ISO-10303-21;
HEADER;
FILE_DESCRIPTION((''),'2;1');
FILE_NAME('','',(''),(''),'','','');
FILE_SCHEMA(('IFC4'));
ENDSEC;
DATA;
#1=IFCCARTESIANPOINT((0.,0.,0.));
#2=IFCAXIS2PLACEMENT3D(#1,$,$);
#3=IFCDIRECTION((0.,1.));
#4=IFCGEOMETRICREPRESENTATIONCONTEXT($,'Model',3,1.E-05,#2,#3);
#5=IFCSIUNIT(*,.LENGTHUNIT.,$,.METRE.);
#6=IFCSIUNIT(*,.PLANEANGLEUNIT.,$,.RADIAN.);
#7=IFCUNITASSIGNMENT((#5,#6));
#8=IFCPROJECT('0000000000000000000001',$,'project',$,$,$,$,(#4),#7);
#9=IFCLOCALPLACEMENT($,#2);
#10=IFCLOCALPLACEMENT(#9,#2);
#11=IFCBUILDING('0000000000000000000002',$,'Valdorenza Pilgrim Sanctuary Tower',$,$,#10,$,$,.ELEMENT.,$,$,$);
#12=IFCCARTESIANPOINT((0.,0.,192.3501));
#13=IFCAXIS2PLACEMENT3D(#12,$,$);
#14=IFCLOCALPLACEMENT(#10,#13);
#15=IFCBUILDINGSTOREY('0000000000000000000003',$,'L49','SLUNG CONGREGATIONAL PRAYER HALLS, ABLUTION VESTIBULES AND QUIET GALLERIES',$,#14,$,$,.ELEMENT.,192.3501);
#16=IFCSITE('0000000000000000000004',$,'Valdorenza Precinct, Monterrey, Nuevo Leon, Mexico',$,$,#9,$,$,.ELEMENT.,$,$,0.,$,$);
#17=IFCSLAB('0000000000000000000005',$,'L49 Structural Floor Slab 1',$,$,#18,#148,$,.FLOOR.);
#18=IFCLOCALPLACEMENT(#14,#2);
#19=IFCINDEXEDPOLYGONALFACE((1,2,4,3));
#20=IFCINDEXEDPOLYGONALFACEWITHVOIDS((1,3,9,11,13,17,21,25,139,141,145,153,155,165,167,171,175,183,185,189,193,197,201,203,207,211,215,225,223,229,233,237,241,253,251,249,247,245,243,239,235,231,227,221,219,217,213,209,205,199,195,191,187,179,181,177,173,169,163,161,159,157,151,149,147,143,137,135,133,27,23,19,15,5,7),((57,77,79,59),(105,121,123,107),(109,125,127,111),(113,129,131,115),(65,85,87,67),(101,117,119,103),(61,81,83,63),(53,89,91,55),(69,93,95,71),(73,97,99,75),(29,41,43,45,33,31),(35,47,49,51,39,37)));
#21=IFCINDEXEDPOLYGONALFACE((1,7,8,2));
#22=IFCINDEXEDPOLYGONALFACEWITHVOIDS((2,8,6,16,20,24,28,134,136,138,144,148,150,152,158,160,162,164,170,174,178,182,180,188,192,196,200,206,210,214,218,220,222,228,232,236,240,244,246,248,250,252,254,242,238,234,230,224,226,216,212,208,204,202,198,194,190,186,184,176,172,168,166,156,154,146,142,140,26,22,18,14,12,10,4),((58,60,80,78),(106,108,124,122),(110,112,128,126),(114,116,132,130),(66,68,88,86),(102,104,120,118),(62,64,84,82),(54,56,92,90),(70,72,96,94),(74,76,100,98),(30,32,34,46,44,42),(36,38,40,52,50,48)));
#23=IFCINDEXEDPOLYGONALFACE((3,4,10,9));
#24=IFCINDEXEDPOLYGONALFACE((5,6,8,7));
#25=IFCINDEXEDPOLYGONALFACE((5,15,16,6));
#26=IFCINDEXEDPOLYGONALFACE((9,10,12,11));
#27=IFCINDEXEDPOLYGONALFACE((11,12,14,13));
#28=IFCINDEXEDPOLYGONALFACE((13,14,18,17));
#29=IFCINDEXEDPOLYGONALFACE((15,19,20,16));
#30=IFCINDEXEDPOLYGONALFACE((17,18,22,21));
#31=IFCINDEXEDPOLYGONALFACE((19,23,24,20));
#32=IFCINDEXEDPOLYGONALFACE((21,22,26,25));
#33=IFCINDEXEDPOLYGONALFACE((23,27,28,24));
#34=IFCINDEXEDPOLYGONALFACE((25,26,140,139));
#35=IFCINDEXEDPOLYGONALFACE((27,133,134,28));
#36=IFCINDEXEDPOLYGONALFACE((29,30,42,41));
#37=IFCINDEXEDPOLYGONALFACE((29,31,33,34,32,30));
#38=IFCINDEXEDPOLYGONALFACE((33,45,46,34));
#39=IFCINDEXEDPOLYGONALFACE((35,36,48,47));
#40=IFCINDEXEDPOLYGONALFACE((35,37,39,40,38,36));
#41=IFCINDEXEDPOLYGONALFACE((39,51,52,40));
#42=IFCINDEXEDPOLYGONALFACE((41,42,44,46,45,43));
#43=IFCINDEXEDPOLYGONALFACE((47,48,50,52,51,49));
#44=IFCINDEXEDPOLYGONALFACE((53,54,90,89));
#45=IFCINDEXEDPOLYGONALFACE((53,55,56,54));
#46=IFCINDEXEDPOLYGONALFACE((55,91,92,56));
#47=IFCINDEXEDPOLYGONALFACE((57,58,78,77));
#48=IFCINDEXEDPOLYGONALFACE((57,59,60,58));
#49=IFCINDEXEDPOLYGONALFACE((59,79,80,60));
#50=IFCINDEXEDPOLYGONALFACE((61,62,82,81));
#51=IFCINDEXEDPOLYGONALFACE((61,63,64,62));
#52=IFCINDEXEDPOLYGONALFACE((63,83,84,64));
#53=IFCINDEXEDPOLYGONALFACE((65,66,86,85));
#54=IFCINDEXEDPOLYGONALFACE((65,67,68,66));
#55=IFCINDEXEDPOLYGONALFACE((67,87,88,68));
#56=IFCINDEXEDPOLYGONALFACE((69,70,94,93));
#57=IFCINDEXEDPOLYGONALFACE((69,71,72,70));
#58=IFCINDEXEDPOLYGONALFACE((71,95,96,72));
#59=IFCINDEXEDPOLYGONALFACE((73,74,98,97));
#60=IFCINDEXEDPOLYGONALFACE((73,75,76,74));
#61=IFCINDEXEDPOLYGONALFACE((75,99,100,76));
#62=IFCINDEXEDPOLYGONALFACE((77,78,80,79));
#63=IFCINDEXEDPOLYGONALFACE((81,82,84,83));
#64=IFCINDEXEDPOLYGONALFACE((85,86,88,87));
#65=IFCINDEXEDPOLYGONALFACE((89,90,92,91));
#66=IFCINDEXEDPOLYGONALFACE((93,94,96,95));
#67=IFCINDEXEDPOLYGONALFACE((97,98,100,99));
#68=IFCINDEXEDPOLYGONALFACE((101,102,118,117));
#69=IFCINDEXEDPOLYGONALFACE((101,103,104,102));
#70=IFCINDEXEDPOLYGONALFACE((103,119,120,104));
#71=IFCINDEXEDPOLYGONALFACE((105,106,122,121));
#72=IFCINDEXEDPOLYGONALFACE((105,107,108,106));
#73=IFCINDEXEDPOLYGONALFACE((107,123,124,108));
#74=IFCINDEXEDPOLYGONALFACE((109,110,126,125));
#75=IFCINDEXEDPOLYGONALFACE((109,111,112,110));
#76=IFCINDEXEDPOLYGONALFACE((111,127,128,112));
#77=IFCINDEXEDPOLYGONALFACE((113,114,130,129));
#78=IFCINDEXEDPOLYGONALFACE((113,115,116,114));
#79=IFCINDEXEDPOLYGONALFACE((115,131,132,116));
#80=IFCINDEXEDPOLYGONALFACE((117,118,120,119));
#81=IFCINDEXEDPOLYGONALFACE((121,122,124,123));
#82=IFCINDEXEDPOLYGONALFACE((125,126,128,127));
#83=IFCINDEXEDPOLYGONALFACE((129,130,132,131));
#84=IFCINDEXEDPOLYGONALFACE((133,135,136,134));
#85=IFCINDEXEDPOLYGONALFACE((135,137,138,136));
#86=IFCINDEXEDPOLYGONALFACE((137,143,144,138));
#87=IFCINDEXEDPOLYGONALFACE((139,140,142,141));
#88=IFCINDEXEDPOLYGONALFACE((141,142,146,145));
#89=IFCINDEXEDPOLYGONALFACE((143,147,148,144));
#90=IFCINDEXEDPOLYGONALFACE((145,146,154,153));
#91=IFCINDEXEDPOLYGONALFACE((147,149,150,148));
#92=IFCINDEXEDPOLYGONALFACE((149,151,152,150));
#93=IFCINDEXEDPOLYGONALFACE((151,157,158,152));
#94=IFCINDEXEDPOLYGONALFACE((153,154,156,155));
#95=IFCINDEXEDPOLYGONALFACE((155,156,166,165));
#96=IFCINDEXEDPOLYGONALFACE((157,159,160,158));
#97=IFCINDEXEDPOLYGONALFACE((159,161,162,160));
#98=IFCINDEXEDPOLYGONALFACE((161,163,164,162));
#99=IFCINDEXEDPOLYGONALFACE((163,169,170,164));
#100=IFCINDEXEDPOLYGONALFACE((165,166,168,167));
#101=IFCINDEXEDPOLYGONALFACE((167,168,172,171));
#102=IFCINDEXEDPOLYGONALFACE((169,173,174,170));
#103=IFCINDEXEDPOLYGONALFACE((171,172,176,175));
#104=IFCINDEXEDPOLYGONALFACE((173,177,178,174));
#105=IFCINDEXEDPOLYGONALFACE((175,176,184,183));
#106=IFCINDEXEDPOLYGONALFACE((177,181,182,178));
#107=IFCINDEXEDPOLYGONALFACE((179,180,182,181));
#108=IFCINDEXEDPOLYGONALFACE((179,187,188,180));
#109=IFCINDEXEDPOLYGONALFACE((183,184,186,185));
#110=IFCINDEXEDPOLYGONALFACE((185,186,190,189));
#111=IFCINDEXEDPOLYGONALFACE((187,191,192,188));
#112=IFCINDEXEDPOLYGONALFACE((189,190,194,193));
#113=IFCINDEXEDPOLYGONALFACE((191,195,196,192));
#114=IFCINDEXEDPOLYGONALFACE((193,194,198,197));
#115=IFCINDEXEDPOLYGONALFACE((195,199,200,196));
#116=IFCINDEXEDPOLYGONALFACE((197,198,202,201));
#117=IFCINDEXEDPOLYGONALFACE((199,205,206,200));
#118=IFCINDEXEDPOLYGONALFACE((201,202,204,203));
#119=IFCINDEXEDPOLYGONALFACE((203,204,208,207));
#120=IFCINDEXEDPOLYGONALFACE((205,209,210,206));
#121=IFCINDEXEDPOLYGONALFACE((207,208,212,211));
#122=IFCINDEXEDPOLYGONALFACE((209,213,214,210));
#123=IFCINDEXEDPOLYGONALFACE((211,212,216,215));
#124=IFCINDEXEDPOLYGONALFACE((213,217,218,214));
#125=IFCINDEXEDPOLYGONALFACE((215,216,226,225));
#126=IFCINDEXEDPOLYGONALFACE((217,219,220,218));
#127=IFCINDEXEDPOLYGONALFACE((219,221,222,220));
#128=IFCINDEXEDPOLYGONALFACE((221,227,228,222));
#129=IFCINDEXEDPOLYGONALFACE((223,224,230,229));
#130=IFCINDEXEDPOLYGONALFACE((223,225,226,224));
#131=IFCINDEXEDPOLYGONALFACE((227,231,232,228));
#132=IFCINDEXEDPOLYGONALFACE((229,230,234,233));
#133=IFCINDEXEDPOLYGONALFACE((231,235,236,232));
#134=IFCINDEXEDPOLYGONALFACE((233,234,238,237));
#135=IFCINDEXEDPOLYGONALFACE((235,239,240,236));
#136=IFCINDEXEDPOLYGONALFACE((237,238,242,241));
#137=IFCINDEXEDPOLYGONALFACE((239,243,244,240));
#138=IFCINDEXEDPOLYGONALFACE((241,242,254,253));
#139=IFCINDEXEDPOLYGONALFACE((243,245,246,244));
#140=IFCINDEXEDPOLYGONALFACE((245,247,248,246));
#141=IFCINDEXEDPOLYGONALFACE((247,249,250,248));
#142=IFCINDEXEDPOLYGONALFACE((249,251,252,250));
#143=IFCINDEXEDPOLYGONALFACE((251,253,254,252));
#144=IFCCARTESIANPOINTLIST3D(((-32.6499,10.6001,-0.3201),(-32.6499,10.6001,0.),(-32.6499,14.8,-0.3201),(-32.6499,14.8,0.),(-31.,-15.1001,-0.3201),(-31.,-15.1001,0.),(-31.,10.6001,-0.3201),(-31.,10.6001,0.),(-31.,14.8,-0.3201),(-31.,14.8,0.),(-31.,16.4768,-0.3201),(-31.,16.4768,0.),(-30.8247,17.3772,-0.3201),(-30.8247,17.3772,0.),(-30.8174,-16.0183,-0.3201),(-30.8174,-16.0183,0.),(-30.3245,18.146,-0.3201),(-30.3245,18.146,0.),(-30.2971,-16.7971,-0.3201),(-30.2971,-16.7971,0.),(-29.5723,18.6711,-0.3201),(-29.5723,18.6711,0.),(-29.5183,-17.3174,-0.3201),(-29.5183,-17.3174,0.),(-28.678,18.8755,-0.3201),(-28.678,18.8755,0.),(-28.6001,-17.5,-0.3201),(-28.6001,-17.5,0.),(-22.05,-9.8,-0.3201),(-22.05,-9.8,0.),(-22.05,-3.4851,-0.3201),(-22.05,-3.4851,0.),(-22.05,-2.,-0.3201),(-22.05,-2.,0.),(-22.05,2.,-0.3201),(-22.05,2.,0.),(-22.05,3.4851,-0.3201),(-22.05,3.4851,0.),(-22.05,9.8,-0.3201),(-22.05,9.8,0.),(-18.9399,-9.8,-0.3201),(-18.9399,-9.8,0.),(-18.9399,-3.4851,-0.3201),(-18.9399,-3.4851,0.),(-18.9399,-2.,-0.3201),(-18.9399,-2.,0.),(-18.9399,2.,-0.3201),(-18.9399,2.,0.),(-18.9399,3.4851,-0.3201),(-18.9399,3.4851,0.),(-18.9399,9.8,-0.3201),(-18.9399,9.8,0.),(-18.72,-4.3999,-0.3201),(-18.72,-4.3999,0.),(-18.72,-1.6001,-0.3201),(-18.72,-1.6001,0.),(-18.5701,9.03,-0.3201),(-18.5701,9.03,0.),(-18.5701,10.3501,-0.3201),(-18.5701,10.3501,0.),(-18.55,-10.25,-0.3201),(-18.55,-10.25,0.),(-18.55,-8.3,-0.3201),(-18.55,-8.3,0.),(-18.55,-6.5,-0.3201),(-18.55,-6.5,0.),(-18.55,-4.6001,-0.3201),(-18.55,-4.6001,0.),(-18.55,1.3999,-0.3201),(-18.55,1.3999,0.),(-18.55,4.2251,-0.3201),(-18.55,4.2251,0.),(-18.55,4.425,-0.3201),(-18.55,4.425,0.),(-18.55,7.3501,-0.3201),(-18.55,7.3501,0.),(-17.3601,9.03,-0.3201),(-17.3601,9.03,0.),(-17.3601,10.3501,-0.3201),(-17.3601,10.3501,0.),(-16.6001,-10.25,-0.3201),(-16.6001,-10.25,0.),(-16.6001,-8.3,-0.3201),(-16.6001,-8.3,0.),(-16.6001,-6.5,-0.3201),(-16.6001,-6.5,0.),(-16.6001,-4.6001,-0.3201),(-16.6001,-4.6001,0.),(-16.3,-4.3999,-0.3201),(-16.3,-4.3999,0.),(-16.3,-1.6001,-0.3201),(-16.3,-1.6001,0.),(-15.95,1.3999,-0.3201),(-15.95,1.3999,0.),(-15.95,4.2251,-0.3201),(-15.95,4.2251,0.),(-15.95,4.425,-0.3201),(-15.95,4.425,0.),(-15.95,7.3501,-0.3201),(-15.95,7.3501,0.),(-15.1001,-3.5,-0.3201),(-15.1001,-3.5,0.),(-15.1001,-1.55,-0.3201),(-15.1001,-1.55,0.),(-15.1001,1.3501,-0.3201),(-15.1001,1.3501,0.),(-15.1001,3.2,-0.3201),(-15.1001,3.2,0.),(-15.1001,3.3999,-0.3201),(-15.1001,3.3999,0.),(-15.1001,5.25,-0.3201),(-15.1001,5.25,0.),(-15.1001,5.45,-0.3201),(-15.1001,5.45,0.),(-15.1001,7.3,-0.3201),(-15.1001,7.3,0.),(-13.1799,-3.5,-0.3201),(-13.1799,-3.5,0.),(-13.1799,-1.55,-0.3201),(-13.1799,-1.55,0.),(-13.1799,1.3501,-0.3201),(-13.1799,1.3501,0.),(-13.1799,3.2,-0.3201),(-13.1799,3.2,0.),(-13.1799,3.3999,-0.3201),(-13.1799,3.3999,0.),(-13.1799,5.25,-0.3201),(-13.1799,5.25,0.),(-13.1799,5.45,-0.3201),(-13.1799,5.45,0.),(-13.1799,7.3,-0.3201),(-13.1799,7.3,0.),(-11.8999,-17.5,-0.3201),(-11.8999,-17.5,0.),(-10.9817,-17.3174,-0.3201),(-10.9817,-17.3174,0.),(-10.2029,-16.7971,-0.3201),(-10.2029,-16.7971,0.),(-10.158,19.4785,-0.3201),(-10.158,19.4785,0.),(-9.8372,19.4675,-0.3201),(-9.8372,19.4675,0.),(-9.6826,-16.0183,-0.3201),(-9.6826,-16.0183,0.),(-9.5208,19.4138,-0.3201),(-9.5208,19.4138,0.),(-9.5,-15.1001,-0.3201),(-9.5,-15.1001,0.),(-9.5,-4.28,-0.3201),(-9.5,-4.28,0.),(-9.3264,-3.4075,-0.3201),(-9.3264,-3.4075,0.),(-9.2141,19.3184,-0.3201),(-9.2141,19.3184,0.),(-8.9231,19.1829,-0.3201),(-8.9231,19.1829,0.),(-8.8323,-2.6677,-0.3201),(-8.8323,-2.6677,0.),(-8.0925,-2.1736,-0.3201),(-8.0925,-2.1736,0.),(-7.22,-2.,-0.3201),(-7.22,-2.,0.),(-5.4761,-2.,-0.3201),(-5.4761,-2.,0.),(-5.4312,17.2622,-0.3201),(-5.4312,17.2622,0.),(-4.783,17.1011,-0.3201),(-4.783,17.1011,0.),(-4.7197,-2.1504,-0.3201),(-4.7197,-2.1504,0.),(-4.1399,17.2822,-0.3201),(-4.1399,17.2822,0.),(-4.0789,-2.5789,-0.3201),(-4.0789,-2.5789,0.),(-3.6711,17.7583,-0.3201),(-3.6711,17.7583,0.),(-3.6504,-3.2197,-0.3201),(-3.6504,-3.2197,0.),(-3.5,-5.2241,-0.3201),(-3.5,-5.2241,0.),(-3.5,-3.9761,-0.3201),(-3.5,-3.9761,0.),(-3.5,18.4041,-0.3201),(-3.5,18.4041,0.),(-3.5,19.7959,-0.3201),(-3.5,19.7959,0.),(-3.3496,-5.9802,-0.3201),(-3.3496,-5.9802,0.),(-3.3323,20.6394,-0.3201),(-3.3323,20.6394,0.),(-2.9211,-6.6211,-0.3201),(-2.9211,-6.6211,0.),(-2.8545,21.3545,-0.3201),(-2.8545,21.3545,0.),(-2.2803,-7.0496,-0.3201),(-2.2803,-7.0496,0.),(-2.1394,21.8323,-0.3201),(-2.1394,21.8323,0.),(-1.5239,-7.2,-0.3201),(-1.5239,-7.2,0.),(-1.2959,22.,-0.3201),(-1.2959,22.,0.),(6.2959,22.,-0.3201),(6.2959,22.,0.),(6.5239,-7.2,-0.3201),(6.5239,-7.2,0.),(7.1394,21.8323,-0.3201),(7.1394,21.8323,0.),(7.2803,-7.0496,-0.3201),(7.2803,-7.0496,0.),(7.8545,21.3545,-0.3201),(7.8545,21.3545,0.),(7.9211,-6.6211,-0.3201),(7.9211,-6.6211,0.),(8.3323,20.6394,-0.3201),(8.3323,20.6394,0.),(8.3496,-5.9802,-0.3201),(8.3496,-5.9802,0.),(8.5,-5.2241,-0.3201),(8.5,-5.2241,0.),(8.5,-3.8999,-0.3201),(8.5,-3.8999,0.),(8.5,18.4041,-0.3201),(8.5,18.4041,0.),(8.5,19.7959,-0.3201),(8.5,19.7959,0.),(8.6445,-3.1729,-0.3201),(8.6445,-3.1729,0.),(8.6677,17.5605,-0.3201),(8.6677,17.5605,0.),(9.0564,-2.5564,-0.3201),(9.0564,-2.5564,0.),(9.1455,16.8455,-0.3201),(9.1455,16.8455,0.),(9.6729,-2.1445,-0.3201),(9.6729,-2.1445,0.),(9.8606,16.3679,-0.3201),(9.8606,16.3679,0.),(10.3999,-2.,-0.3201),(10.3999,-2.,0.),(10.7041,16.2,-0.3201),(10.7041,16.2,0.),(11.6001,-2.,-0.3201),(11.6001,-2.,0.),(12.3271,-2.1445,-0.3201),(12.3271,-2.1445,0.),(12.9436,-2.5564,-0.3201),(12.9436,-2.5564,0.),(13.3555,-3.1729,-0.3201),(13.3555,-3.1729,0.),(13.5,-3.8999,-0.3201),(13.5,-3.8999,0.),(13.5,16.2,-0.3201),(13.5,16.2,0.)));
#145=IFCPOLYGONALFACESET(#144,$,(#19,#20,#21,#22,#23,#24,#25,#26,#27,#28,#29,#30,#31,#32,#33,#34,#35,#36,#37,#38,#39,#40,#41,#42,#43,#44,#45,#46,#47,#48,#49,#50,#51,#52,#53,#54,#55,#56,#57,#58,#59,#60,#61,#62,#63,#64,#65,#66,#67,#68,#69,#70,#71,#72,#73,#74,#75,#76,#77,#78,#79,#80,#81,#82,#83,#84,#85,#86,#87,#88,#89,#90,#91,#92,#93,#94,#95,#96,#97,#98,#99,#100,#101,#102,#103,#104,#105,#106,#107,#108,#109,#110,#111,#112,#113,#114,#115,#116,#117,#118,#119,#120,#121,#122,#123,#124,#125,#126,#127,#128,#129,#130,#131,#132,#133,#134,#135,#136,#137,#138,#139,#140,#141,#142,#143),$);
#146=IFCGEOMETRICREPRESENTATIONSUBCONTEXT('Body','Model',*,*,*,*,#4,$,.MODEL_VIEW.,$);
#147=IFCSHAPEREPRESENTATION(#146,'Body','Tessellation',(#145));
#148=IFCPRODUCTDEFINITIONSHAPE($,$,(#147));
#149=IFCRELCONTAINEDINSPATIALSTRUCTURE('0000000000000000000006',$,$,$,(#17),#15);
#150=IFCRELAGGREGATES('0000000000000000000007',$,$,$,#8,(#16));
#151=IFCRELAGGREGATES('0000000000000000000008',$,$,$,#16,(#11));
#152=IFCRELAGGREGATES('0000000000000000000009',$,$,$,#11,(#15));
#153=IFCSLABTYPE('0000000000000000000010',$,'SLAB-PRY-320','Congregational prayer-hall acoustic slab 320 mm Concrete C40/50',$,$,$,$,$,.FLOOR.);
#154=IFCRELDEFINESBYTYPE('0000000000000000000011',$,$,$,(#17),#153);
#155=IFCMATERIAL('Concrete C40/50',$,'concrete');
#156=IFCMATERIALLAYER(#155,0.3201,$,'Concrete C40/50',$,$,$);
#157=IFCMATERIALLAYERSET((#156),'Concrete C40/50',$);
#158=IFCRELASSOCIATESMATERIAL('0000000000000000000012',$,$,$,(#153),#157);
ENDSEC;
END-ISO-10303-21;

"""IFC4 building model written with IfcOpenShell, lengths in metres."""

from ifc_helpers import new_model, si_unit, direction, frame, origin, place, context, subcontext, project, spatial, polyline, outline, extrude, material, layer, layer_set, type_object, element, save


model = new_model("IFC4")

# Units and contexts
model_context = context("Model", 3, precision=1e-05, world=origin(), true_north=direction((0.0, 1.0)))
body_context = subcontext(model_context, "Body", "Model", "MODEL_VIEW")
ifc_project = project(units=[si_unit("LENGTHUNIT", "METRE"), si_unit("PLANEANGLEUNIT", "RADIAN")], contexts=[model_context])

# Site, building, storey
site_placement = place(None, origin())
site = spatial("IfcSite", under=ifc_project, at=site_placement, Name="Valdorenza Precinct, Monterrey, Nuevo Leon, Mexico", CompositionType="ELEMENT", RefElevation=0.0)
building_placement = place(site_placement, origin())
building = spatial("IfcBuilding", under=site, at=building_placement, Name="Valdorenza Pilgrim Sanctuary Tower", CompositionType="ELEMENT")
storey_placement = place(building_placement, frame((0.0, 0.0, 192.3501)))
storey = spatial("IfcBuildingStorey", under=building, at=storey_placement, Name="L49", Description="SLUNG CONGREGATIONAL PRAYER HALLS, ABLUTION VESTIBULES AND QUIET GALLERIES", CompositionType="ELEMENT", Elevation=192.3501)

# Slab
ifc_material_1 = material(Name="Concrete C40/50", Category="concrete")
ifc_layer_1 = layer(ifc_material_1, 0.3201, Name="Concrete C40/50")
ifc_layer_set_1 = layer_set([ifc_layer_1], Name="Concrete C40/50")
slab_type_1 = type_object("IfcSlabType", Name="SLAB-PRY-320", Description="Congregational prayer-hall acoustic slab 320 mm Concrete C40/50", PredefinedType="FLOOR", material=ifc_layer_set_1)
slab_1_placement = place(storey_placement, frame((0.0, 0.0, -0.3201)))
element("IfcSlab", 1, at=slab_1_placement, inside=storey, type_object=slab_type_1, Name="L49 Structural Floor Slab 1", PredefinedType="FLOOR", context=body_context, shape_type="SweptSolid", body=[
    extrude(outline(polyline([(-30.3245, 18.146), (-29.5723, 18.6711), (-28.678, 18.8755), (-10.158, 19.4785), (-9.8372, 19.4675), (-9.5208, 19.4138), (-9.2141, 19.3184), (-8.9231, 19.1829), (-5.4312, 17.2622), (-4.783, 17.1011), (-4.1399, 17.2822), (-3.6711, 17.7583), (-3.5, 18.4041), (-3.5, 19.7959), (-3.3323, 20.6394), (-2.8545, 21.3545), (-2.1394, 21.8323), (-1.2959, 22.0), (6.2959, 22.0), (7.1394, 21.8323), (7.8545, 21.3545), (8.3323, 20.6394), (8.5, 19.7959), (8.5, 18.4041), (8.6677, 17.5605), (9.1455, 16.8455), (9.8606, 16.3679), (10.7041, 16.2), (13.5, 16.2), (13.5, -3.8999), (13.3555, -3.1729), (12.9436, -2.5564), (12.3271, -2.1445), (11.6001, -2.0), (10.3999, -2.0), (9.6729, -2.1445), (9.0564, -2.5564), (8.6445, -3.1729), (8.5, -3.8999), (8.5, -5.2241), (8.3496, -5.9802), (7.9211, -6.6211), (7.2803, -7.0496), (6.5239, -7.2), (-1.5239, -7.2), (-2.2803, -7.0496), (-2.9211, -6.6211), (-3.3496, -5.9802), (-3.5, -5.2241), (-3.5, -3.9761), (-3.6504, -3.2197), (-4.0789, -2.5789), (-4.7197, -2.1504), (-5.4761, -2.0), (-7.22, -2.0), (-8.0925, -2.1736), (-8.8323, -2.6677), (-9.3264, -3.4075), (-9.5, -4.28), (-9.5, -15.1001), (-9.6826, -16.0183), (-10.2029, -16.7971), (-10.9817, -17.3174), (-11.8999, -17.5), (-28.6001, -17.5), (-29.5183, -17.3174), (-30.2971, -16.7971), (-30.8174, -16.0183), (-31.0, -15.1001), (-31.0, 10.6001), (-32.6499, 10.6001), (-32.6499, 14.8), (-31.0, 14.8), (-31.0, 16.4768), (-30.8247, 17.3772), (-30.3245, 18.146)]), holes=[polyline([(-16.6001, -10.25), (-16.6001, -8.3), (-18.55, -8.3), (-18.55, -10.25), (-16.6001, -10.25)]), polyline([(-22.05, -9.8), (-18.9399, -9.8), (-18.9399, -3.4851), (-18.9399, -2.0), (-22.05, -2.0), (-22.05, -3.4851), (-22.05, -9.8)]), polyline([(-16.6001, -6.5), (-16.6001, -4.6001), (-18.55, -4.6001), (-18.55, -6.5), (-16.6001, -6.5)]), polyline([(-18.72, -4.3999), (-16.3, -4.3999), (-16.3, -1.6001), (-18.72, -1.6001), (-18.72, -4.3999)]), polyline([(-13.1799, 1.3501), (-13.1799, 3.2), (-15.1001, 3.2), (-15.1001, 1.3501), (-13.1799, 1.3501)]), polyline([(-22.05, 2.0), (-18.9399, 2.0), (-18.9399, 3.4851), (-18.9399, 9.8), (-22.05, 9.8), (-22.05, 3.4851), (-22.05, 2.0)]), polyline([(-15.95, 1.3999), (-15.95, 4.2251), (-18.55, 4.2251), (-18.55, 1.3999), (-15.95, 1.3999)]), polyline([(-18.55, 4.425), (-15.95, 4.425), (-15.95, 7.3501), (-18.55, 7.3501), (-18.55, 4.425)]), polyline([(-17.3601, 9.03), (-17.3601, 10.3501), (-18.5701, 10.3501), (-18.5701, 9.03), (-17.3601, 9.03)]), polyline([(-13.1799, -3.5), (-13.1799, -1.55), (-15.1001, -1.55), (-15.1001, -3.5), (-13.1799, -3.5)]), polyline([(-13.1799, 3.3999), (-13.1799, 5.25), (-15.1001, 5.25), (-15.1001, 3.3999), (-13.1799, 3.3999)]), polyline([(-13.1799, 5.45), (-13.1799, 7.3), (-15.1001, 7.3), (-15.1001, 5.45), (-13.1799, 5.45)])]), origin(), (0.0, 0.0, 1.0), 0.3201),
])

save(model, "model.ifc")
